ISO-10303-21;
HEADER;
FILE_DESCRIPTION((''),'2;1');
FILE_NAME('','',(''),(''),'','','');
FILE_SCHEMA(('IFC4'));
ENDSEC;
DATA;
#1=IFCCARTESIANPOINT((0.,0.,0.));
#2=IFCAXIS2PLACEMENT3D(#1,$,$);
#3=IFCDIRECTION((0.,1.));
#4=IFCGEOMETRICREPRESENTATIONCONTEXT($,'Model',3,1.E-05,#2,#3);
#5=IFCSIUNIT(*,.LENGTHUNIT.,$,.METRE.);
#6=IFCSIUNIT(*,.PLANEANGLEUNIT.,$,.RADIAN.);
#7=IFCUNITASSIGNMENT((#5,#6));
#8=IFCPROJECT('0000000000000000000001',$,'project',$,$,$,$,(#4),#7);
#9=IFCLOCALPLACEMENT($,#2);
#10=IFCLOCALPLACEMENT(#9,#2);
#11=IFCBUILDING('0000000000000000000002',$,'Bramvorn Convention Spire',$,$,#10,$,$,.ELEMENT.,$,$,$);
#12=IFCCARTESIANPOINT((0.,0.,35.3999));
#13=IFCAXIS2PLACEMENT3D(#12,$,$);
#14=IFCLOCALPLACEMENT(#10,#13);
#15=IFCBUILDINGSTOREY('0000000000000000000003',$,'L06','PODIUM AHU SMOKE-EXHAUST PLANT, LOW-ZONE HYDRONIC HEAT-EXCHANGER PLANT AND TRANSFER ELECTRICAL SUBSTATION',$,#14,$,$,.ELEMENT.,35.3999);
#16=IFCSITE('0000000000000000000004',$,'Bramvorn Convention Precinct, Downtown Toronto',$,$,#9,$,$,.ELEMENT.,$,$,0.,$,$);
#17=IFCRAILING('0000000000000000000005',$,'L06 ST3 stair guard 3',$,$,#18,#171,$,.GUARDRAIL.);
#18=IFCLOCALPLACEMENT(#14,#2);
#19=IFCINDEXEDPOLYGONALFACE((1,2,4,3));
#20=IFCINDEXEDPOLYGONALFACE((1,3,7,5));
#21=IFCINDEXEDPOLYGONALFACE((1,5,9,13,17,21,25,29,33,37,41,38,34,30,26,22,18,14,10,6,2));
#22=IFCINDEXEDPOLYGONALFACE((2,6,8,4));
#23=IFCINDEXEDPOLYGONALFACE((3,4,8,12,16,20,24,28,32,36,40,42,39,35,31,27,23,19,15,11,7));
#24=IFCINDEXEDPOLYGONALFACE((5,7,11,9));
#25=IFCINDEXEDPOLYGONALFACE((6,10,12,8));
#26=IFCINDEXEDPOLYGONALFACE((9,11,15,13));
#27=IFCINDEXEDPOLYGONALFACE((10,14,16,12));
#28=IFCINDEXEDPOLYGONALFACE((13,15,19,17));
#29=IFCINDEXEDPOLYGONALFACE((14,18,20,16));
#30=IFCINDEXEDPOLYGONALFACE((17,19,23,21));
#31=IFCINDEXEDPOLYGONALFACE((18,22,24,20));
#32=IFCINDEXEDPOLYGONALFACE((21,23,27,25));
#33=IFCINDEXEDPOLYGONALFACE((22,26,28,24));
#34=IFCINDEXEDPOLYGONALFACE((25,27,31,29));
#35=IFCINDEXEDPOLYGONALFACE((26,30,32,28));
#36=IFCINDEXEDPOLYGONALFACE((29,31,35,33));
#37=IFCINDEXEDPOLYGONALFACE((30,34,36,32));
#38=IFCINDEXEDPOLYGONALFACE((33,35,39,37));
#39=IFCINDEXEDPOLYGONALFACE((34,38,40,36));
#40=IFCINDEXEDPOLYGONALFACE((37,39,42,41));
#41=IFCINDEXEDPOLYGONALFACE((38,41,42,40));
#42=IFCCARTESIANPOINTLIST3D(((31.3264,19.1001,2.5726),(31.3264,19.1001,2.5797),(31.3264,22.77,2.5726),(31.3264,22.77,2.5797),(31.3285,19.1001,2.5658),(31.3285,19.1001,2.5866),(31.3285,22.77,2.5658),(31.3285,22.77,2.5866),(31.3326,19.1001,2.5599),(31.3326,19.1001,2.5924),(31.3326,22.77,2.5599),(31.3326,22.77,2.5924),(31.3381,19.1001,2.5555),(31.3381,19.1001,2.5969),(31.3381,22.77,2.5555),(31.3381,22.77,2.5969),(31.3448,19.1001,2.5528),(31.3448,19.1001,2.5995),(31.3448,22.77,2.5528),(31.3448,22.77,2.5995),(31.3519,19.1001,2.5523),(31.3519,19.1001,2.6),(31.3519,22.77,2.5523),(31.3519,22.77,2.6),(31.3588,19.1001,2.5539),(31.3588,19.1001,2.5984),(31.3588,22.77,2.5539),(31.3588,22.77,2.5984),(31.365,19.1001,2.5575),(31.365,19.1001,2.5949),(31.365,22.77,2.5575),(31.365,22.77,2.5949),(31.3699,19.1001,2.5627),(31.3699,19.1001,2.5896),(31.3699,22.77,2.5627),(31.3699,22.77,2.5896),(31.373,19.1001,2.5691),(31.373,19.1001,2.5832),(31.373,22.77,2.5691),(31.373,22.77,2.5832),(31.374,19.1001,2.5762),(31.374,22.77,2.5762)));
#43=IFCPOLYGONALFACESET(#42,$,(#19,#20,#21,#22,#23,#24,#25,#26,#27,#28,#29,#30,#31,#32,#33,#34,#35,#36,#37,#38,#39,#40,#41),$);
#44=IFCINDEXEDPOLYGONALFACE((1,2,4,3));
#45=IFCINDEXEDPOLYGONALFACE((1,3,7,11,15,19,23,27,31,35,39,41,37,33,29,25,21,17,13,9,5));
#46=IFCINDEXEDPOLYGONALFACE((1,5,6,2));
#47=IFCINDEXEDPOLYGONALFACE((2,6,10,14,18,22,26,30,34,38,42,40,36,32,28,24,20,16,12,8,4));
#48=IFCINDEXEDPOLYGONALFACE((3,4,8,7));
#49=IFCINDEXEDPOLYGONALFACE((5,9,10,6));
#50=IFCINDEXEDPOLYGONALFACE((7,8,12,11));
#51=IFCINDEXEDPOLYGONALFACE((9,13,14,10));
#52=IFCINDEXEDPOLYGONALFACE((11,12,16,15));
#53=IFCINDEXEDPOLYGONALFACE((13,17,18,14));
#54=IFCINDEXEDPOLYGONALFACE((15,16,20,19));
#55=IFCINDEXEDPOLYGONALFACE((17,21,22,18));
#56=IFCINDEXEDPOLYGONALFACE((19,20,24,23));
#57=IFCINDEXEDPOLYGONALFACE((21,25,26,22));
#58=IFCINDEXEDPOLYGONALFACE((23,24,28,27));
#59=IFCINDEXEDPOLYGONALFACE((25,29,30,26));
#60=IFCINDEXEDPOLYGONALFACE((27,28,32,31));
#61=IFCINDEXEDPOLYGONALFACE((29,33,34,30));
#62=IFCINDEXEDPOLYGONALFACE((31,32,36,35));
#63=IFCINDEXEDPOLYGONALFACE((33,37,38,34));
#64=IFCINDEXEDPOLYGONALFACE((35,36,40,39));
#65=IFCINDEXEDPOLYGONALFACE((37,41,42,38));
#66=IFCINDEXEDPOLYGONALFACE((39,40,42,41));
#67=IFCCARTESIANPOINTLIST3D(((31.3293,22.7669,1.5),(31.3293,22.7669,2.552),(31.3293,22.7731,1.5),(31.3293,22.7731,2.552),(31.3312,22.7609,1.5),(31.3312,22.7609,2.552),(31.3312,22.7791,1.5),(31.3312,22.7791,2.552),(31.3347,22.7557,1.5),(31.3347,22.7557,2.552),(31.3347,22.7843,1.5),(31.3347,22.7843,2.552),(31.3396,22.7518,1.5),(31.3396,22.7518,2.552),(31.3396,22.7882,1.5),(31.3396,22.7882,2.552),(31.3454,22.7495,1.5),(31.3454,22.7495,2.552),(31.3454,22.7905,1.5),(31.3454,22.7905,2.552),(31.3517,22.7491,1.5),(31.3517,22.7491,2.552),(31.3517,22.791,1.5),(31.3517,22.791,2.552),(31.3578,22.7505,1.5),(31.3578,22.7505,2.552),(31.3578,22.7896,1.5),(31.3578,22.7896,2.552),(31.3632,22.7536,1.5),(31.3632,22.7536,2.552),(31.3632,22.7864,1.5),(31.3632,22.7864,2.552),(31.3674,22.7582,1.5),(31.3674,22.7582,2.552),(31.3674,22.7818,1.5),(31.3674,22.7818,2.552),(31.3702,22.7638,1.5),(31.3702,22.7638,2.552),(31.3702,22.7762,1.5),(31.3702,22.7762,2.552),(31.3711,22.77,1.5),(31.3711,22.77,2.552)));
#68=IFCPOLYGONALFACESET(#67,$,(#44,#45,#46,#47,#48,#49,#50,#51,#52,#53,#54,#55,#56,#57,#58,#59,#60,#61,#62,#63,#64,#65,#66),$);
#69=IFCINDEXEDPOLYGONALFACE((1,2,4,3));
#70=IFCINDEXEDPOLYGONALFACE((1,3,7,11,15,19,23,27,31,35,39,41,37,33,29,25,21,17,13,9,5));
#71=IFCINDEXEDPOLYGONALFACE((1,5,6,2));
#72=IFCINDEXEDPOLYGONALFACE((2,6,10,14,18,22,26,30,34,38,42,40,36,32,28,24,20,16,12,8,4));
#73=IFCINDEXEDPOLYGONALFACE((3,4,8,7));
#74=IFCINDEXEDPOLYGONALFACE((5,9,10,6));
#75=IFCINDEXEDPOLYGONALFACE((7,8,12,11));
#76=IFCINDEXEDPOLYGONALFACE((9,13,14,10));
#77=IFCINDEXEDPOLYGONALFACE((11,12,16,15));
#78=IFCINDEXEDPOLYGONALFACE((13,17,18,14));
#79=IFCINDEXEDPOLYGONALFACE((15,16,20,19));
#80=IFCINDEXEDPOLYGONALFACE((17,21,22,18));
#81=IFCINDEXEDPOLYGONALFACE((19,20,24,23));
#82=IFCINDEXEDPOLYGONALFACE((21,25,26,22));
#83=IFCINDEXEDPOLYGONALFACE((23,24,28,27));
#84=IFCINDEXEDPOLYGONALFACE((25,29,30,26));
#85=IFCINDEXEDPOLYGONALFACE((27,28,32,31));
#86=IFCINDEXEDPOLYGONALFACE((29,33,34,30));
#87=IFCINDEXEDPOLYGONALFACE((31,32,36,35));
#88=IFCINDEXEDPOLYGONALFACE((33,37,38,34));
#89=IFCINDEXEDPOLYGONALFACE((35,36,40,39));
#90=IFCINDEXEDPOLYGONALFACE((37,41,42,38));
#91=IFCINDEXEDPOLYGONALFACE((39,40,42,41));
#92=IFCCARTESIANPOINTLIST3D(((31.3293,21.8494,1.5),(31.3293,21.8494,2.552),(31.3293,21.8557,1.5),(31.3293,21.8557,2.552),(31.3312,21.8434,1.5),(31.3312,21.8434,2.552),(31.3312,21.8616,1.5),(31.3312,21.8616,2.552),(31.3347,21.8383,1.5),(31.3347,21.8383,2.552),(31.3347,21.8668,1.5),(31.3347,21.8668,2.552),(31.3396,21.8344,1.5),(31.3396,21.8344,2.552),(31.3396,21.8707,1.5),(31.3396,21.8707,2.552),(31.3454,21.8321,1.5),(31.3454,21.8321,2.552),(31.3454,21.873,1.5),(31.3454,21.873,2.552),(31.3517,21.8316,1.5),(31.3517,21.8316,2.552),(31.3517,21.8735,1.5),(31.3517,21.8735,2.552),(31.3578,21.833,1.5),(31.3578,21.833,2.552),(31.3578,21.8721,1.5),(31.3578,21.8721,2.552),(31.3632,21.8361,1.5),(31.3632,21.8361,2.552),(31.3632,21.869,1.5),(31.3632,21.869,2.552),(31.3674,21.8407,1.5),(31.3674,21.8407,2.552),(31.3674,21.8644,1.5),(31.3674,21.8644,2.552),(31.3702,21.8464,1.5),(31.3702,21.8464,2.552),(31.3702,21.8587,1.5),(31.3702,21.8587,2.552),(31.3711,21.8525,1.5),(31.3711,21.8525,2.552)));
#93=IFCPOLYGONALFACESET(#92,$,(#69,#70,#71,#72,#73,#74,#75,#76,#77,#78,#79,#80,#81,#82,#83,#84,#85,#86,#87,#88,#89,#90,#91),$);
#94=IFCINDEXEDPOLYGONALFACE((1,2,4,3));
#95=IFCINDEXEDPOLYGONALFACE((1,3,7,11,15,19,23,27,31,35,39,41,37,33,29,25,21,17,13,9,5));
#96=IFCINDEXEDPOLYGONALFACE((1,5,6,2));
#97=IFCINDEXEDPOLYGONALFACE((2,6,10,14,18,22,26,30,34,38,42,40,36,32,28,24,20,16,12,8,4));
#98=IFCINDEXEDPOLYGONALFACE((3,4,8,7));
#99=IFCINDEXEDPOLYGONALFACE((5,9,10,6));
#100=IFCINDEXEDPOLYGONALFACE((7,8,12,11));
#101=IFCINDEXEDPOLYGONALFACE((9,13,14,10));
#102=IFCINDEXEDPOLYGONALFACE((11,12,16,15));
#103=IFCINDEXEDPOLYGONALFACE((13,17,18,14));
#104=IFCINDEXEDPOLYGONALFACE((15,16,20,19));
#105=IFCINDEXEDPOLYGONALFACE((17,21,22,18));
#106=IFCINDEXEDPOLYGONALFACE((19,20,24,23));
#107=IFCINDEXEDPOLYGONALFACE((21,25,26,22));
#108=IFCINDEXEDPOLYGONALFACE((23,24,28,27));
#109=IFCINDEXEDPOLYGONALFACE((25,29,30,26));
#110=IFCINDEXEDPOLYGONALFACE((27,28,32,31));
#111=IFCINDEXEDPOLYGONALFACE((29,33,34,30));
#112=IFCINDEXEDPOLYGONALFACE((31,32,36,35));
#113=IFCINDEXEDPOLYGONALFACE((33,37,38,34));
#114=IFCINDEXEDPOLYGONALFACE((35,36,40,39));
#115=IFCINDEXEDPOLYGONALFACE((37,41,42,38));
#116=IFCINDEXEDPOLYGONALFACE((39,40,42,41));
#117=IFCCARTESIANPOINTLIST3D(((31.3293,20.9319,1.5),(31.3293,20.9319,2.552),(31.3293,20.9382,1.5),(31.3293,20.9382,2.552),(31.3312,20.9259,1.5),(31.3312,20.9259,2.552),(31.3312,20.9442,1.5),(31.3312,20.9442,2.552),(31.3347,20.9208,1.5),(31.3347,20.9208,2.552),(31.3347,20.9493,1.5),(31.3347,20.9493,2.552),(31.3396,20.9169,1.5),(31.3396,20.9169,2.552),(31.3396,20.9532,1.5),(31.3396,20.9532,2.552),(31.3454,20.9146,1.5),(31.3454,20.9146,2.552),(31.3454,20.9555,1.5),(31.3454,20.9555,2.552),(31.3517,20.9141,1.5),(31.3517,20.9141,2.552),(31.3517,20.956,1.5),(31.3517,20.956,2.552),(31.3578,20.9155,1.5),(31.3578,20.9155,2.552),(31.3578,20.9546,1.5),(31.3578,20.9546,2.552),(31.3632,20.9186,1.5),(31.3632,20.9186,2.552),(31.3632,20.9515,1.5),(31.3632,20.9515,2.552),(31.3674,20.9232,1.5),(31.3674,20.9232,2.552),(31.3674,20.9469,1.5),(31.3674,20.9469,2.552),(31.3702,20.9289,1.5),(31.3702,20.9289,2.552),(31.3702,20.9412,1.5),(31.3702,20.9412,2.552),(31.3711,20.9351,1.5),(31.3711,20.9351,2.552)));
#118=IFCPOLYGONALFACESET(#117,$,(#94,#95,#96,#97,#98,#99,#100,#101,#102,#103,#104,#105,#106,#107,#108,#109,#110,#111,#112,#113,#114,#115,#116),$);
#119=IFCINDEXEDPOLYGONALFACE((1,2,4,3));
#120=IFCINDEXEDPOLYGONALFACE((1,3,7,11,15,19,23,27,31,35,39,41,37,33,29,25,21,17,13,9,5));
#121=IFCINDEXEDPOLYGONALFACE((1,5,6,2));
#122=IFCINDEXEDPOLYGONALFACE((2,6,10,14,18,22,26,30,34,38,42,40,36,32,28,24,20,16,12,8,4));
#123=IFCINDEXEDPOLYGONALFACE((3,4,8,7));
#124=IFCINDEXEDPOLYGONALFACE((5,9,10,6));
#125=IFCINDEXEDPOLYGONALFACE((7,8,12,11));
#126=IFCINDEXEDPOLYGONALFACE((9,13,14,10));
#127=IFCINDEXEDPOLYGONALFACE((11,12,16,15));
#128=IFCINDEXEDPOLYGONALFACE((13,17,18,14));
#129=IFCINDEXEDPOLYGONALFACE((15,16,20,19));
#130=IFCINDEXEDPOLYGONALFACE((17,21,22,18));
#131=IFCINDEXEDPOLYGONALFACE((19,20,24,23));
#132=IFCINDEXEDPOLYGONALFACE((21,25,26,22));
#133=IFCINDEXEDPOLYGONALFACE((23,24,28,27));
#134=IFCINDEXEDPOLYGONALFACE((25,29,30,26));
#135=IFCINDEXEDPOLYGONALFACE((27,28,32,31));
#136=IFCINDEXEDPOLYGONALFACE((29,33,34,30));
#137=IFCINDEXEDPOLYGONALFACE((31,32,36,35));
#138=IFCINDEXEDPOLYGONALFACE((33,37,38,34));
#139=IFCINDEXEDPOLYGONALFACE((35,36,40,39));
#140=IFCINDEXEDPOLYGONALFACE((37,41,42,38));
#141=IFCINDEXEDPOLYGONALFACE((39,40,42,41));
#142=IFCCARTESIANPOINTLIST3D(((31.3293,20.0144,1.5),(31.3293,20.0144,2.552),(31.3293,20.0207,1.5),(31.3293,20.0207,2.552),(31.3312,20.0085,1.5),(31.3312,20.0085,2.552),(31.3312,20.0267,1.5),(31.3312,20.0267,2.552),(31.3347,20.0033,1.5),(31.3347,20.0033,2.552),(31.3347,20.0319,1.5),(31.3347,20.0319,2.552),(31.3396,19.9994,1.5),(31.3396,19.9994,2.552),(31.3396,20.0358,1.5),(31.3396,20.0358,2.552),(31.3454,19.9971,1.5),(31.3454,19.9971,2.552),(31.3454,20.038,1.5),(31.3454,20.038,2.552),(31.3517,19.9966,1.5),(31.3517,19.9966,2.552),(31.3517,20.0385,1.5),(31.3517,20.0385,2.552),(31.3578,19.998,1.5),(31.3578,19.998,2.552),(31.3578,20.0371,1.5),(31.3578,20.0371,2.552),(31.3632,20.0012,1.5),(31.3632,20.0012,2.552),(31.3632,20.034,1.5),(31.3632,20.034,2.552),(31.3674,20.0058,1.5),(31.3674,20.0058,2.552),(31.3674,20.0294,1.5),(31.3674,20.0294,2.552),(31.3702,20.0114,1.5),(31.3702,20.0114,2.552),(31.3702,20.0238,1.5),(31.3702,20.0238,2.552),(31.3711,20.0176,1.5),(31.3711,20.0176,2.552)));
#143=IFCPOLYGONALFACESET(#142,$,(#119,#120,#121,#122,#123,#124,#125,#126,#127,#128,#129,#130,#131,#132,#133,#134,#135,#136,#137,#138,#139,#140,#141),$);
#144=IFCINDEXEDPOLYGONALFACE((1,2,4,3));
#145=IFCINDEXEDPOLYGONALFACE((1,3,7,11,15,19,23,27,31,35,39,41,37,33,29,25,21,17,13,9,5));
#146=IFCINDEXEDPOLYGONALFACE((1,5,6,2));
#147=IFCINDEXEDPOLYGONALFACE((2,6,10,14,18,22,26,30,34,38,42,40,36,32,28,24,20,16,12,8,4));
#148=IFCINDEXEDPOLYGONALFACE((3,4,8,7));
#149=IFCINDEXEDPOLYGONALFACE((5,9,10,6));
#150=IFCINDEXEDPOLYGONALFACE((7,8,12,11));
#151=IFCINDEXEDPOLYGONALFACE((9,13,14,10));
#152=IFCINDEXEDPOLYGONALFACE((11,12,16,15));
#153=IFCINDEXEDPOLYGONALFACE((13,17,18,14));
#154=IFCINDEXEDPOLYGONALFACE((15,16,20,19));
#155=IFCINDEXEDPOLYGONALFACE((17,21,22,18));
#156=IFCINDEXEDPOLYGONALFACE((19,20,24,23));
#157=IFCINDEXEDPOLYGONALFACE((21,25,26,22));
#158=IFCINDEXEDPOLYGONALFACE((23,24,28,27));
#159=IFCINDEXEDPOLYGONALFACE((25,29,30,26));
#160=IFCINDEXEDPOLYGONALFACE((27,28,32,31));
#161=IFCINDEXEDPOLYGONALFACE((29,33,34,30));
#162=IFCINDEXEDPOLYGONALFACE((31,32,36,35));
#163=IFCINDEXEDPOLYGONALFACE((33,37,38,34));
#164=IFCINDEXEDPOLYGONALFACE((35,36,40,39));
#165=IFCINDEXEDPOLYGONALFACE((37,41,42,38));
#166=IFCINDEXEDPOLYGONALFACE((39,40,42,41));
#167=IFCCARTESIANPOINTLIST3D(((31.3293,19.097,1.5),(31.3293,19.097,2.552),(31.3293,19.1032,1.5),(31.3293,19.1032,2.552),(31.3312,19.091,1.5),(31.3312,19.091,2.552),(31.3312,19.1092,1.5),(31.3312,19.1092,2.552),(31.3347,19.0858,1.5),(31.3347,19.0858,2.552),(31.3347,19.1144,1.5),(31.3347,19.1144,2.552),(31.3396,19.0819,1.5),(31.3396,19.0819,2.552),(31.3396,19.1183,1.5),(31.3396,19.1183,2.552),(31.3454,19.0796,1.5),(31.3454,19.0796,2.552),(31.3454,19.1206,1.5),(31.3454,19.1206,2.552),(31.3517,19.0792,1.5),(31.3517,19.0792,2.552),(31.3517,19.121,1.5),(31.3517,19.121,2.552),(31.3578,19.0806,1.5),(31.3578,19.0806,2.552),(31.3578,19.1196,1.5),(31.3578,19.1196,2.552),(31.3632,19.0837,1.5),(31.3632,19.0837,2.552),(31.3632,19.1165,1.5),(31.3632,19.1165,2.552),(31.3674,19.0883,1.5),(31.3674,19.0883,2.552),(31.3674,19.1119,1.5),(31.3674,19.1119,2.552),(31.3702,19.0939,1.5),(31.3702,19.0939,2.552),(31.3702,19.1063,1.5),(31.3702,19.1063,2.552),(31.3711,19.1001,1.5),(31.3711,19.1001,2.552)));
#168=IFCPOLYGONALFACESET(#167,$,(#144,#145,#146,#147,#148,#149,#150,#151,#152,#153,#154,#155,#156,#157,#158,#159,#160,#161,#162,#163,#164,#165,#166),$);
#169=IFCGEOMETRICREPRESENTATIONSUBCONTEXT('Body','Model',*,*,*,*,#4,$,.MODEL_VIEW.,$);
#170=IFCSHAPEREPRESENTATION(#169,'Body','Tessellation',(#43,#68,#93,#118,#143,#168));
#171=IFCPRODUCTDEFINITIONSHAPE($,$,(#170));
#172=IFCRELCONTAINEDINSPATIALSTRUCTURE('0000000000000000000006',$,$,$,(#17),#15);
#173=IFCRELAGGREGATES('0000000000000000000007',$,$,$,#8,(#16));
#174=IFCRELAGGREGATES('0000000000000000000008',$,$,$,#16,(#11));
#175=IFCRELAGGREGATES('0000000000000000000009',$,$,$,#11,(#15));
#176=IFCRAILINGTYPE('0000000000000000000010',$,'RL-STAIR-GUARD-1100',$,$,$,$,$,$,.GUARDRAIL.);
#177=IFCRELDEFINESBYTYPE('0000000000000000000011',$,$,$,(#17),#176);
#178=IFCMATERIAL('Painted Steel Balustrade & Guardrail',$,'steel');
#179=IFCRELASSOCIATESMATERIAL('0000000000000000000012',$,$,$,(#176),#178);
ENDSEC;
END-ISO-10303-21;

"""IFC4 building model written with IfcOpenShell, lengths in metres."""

from ifc_helpers import new_model, si_unit, direction, frame, origin, origin_2d, place, context, subcontext, project, spatial, circle, extrude, material, type_object, element, save


model = new_model("IFC4")

# Units and contexts
model_context = context("Model", 3, precision=1e-05, world=origin(), true_north=direction((0.0, 1.0)))
body_context = subcontext(model_context, "Body", "Model", "MODEL_VIEW")
ifc_project = project(units=[si_unit("LENGTHUNIT", "METRE"), si_unit("PLANEANGLEUNIT", "RADIAN")], contexts=[model_context])

# Site, building, storey
site_placement = place(None, origin())
site = spatial("IfcSite", under=ifc_project, at=site_placement, Name="Bramvorn Convention Precinct, Downtown Toronto", CompositionType="ELEMENT", RefElevation=0.0)
building_placement = place(site_placement, origin())
building = spatial("IfcBuilding", under=site, at=building_placement, Name="Bramvorn Convention Spire", CompositionType="ELEMENT")
storey_placement = place(building_placement, frame((0.0, 0.0, 35.3999)))
storey = spatial("IfcBuildingStorey", under=building, at=storey_placement, Name="L06", Description="PODIUM AHU SMOKE-EXHAUST PLANT, LOW-ZONE HYDRONIC HEAT-EXCHANGER PLANT AND TRANSFER ELECTRICAL SUBSTATION", CompositionType="ELEMENT", Elevation=35.3999)

# Railing
ifc_material_1 = material(Name="Painted Steel Balustrade & Guardrail", Category="steel")
railing_type_1 = type_object("IfcRailingType", Name="RL-STAIR-GUARD-1100", PredefinedType="GUARDRAIL", material=ifc_material_1)
railing_1_placement = place(storey_placement, frame((31.3501, 22.77, 1.5)))
element("IfcRailing", 1, at=railing_1_placement, inside=storey, type_object=railing_type_1, Name="L06 ST3 stair guard 3", PredefinedType="GUARDRAIL", context=body_context, shape_type="SweptSolid", body=[
    extrude(circle(Radius=0.0239, at=origin_2d()), frame((0.0, 0.0, 1.0762), z_axis=(0.0, -1.0, 0.0), x_axis=(1.0, 0.0, 0.0)), (0.0, 0.0, 1.0), 3.6699),
    extrude(circle(Radius=0.021, at=origin_2d()), origin(), (0.0, 0.0, 1.0), 1.052),
    extrude(circle(Radius=0.021, at=origin_2d()), frame((0.0, -0.9175, 0.0)), (0.0, 0.0, 1.0), 1.052),
    extrude(circle(Radius=0.021, at=origin_2d()), frame((0.0, -1.835, 0.0)), (0.0, 0.0, 1.0), 1.052),
    extrude(circle(Radius=0.021, at=origin_2d()), frame((0.0, -2.7524, 0.0)), (0.0, 0.0, 1.0), 1.052),
    extrude(circle(Radius=0.021, at=origin_2d()), frame((0.0, -3.6699, 0.0)), (0.0, 0.0, 1.0), 1.052),
])

save(model, "model.ifc")
